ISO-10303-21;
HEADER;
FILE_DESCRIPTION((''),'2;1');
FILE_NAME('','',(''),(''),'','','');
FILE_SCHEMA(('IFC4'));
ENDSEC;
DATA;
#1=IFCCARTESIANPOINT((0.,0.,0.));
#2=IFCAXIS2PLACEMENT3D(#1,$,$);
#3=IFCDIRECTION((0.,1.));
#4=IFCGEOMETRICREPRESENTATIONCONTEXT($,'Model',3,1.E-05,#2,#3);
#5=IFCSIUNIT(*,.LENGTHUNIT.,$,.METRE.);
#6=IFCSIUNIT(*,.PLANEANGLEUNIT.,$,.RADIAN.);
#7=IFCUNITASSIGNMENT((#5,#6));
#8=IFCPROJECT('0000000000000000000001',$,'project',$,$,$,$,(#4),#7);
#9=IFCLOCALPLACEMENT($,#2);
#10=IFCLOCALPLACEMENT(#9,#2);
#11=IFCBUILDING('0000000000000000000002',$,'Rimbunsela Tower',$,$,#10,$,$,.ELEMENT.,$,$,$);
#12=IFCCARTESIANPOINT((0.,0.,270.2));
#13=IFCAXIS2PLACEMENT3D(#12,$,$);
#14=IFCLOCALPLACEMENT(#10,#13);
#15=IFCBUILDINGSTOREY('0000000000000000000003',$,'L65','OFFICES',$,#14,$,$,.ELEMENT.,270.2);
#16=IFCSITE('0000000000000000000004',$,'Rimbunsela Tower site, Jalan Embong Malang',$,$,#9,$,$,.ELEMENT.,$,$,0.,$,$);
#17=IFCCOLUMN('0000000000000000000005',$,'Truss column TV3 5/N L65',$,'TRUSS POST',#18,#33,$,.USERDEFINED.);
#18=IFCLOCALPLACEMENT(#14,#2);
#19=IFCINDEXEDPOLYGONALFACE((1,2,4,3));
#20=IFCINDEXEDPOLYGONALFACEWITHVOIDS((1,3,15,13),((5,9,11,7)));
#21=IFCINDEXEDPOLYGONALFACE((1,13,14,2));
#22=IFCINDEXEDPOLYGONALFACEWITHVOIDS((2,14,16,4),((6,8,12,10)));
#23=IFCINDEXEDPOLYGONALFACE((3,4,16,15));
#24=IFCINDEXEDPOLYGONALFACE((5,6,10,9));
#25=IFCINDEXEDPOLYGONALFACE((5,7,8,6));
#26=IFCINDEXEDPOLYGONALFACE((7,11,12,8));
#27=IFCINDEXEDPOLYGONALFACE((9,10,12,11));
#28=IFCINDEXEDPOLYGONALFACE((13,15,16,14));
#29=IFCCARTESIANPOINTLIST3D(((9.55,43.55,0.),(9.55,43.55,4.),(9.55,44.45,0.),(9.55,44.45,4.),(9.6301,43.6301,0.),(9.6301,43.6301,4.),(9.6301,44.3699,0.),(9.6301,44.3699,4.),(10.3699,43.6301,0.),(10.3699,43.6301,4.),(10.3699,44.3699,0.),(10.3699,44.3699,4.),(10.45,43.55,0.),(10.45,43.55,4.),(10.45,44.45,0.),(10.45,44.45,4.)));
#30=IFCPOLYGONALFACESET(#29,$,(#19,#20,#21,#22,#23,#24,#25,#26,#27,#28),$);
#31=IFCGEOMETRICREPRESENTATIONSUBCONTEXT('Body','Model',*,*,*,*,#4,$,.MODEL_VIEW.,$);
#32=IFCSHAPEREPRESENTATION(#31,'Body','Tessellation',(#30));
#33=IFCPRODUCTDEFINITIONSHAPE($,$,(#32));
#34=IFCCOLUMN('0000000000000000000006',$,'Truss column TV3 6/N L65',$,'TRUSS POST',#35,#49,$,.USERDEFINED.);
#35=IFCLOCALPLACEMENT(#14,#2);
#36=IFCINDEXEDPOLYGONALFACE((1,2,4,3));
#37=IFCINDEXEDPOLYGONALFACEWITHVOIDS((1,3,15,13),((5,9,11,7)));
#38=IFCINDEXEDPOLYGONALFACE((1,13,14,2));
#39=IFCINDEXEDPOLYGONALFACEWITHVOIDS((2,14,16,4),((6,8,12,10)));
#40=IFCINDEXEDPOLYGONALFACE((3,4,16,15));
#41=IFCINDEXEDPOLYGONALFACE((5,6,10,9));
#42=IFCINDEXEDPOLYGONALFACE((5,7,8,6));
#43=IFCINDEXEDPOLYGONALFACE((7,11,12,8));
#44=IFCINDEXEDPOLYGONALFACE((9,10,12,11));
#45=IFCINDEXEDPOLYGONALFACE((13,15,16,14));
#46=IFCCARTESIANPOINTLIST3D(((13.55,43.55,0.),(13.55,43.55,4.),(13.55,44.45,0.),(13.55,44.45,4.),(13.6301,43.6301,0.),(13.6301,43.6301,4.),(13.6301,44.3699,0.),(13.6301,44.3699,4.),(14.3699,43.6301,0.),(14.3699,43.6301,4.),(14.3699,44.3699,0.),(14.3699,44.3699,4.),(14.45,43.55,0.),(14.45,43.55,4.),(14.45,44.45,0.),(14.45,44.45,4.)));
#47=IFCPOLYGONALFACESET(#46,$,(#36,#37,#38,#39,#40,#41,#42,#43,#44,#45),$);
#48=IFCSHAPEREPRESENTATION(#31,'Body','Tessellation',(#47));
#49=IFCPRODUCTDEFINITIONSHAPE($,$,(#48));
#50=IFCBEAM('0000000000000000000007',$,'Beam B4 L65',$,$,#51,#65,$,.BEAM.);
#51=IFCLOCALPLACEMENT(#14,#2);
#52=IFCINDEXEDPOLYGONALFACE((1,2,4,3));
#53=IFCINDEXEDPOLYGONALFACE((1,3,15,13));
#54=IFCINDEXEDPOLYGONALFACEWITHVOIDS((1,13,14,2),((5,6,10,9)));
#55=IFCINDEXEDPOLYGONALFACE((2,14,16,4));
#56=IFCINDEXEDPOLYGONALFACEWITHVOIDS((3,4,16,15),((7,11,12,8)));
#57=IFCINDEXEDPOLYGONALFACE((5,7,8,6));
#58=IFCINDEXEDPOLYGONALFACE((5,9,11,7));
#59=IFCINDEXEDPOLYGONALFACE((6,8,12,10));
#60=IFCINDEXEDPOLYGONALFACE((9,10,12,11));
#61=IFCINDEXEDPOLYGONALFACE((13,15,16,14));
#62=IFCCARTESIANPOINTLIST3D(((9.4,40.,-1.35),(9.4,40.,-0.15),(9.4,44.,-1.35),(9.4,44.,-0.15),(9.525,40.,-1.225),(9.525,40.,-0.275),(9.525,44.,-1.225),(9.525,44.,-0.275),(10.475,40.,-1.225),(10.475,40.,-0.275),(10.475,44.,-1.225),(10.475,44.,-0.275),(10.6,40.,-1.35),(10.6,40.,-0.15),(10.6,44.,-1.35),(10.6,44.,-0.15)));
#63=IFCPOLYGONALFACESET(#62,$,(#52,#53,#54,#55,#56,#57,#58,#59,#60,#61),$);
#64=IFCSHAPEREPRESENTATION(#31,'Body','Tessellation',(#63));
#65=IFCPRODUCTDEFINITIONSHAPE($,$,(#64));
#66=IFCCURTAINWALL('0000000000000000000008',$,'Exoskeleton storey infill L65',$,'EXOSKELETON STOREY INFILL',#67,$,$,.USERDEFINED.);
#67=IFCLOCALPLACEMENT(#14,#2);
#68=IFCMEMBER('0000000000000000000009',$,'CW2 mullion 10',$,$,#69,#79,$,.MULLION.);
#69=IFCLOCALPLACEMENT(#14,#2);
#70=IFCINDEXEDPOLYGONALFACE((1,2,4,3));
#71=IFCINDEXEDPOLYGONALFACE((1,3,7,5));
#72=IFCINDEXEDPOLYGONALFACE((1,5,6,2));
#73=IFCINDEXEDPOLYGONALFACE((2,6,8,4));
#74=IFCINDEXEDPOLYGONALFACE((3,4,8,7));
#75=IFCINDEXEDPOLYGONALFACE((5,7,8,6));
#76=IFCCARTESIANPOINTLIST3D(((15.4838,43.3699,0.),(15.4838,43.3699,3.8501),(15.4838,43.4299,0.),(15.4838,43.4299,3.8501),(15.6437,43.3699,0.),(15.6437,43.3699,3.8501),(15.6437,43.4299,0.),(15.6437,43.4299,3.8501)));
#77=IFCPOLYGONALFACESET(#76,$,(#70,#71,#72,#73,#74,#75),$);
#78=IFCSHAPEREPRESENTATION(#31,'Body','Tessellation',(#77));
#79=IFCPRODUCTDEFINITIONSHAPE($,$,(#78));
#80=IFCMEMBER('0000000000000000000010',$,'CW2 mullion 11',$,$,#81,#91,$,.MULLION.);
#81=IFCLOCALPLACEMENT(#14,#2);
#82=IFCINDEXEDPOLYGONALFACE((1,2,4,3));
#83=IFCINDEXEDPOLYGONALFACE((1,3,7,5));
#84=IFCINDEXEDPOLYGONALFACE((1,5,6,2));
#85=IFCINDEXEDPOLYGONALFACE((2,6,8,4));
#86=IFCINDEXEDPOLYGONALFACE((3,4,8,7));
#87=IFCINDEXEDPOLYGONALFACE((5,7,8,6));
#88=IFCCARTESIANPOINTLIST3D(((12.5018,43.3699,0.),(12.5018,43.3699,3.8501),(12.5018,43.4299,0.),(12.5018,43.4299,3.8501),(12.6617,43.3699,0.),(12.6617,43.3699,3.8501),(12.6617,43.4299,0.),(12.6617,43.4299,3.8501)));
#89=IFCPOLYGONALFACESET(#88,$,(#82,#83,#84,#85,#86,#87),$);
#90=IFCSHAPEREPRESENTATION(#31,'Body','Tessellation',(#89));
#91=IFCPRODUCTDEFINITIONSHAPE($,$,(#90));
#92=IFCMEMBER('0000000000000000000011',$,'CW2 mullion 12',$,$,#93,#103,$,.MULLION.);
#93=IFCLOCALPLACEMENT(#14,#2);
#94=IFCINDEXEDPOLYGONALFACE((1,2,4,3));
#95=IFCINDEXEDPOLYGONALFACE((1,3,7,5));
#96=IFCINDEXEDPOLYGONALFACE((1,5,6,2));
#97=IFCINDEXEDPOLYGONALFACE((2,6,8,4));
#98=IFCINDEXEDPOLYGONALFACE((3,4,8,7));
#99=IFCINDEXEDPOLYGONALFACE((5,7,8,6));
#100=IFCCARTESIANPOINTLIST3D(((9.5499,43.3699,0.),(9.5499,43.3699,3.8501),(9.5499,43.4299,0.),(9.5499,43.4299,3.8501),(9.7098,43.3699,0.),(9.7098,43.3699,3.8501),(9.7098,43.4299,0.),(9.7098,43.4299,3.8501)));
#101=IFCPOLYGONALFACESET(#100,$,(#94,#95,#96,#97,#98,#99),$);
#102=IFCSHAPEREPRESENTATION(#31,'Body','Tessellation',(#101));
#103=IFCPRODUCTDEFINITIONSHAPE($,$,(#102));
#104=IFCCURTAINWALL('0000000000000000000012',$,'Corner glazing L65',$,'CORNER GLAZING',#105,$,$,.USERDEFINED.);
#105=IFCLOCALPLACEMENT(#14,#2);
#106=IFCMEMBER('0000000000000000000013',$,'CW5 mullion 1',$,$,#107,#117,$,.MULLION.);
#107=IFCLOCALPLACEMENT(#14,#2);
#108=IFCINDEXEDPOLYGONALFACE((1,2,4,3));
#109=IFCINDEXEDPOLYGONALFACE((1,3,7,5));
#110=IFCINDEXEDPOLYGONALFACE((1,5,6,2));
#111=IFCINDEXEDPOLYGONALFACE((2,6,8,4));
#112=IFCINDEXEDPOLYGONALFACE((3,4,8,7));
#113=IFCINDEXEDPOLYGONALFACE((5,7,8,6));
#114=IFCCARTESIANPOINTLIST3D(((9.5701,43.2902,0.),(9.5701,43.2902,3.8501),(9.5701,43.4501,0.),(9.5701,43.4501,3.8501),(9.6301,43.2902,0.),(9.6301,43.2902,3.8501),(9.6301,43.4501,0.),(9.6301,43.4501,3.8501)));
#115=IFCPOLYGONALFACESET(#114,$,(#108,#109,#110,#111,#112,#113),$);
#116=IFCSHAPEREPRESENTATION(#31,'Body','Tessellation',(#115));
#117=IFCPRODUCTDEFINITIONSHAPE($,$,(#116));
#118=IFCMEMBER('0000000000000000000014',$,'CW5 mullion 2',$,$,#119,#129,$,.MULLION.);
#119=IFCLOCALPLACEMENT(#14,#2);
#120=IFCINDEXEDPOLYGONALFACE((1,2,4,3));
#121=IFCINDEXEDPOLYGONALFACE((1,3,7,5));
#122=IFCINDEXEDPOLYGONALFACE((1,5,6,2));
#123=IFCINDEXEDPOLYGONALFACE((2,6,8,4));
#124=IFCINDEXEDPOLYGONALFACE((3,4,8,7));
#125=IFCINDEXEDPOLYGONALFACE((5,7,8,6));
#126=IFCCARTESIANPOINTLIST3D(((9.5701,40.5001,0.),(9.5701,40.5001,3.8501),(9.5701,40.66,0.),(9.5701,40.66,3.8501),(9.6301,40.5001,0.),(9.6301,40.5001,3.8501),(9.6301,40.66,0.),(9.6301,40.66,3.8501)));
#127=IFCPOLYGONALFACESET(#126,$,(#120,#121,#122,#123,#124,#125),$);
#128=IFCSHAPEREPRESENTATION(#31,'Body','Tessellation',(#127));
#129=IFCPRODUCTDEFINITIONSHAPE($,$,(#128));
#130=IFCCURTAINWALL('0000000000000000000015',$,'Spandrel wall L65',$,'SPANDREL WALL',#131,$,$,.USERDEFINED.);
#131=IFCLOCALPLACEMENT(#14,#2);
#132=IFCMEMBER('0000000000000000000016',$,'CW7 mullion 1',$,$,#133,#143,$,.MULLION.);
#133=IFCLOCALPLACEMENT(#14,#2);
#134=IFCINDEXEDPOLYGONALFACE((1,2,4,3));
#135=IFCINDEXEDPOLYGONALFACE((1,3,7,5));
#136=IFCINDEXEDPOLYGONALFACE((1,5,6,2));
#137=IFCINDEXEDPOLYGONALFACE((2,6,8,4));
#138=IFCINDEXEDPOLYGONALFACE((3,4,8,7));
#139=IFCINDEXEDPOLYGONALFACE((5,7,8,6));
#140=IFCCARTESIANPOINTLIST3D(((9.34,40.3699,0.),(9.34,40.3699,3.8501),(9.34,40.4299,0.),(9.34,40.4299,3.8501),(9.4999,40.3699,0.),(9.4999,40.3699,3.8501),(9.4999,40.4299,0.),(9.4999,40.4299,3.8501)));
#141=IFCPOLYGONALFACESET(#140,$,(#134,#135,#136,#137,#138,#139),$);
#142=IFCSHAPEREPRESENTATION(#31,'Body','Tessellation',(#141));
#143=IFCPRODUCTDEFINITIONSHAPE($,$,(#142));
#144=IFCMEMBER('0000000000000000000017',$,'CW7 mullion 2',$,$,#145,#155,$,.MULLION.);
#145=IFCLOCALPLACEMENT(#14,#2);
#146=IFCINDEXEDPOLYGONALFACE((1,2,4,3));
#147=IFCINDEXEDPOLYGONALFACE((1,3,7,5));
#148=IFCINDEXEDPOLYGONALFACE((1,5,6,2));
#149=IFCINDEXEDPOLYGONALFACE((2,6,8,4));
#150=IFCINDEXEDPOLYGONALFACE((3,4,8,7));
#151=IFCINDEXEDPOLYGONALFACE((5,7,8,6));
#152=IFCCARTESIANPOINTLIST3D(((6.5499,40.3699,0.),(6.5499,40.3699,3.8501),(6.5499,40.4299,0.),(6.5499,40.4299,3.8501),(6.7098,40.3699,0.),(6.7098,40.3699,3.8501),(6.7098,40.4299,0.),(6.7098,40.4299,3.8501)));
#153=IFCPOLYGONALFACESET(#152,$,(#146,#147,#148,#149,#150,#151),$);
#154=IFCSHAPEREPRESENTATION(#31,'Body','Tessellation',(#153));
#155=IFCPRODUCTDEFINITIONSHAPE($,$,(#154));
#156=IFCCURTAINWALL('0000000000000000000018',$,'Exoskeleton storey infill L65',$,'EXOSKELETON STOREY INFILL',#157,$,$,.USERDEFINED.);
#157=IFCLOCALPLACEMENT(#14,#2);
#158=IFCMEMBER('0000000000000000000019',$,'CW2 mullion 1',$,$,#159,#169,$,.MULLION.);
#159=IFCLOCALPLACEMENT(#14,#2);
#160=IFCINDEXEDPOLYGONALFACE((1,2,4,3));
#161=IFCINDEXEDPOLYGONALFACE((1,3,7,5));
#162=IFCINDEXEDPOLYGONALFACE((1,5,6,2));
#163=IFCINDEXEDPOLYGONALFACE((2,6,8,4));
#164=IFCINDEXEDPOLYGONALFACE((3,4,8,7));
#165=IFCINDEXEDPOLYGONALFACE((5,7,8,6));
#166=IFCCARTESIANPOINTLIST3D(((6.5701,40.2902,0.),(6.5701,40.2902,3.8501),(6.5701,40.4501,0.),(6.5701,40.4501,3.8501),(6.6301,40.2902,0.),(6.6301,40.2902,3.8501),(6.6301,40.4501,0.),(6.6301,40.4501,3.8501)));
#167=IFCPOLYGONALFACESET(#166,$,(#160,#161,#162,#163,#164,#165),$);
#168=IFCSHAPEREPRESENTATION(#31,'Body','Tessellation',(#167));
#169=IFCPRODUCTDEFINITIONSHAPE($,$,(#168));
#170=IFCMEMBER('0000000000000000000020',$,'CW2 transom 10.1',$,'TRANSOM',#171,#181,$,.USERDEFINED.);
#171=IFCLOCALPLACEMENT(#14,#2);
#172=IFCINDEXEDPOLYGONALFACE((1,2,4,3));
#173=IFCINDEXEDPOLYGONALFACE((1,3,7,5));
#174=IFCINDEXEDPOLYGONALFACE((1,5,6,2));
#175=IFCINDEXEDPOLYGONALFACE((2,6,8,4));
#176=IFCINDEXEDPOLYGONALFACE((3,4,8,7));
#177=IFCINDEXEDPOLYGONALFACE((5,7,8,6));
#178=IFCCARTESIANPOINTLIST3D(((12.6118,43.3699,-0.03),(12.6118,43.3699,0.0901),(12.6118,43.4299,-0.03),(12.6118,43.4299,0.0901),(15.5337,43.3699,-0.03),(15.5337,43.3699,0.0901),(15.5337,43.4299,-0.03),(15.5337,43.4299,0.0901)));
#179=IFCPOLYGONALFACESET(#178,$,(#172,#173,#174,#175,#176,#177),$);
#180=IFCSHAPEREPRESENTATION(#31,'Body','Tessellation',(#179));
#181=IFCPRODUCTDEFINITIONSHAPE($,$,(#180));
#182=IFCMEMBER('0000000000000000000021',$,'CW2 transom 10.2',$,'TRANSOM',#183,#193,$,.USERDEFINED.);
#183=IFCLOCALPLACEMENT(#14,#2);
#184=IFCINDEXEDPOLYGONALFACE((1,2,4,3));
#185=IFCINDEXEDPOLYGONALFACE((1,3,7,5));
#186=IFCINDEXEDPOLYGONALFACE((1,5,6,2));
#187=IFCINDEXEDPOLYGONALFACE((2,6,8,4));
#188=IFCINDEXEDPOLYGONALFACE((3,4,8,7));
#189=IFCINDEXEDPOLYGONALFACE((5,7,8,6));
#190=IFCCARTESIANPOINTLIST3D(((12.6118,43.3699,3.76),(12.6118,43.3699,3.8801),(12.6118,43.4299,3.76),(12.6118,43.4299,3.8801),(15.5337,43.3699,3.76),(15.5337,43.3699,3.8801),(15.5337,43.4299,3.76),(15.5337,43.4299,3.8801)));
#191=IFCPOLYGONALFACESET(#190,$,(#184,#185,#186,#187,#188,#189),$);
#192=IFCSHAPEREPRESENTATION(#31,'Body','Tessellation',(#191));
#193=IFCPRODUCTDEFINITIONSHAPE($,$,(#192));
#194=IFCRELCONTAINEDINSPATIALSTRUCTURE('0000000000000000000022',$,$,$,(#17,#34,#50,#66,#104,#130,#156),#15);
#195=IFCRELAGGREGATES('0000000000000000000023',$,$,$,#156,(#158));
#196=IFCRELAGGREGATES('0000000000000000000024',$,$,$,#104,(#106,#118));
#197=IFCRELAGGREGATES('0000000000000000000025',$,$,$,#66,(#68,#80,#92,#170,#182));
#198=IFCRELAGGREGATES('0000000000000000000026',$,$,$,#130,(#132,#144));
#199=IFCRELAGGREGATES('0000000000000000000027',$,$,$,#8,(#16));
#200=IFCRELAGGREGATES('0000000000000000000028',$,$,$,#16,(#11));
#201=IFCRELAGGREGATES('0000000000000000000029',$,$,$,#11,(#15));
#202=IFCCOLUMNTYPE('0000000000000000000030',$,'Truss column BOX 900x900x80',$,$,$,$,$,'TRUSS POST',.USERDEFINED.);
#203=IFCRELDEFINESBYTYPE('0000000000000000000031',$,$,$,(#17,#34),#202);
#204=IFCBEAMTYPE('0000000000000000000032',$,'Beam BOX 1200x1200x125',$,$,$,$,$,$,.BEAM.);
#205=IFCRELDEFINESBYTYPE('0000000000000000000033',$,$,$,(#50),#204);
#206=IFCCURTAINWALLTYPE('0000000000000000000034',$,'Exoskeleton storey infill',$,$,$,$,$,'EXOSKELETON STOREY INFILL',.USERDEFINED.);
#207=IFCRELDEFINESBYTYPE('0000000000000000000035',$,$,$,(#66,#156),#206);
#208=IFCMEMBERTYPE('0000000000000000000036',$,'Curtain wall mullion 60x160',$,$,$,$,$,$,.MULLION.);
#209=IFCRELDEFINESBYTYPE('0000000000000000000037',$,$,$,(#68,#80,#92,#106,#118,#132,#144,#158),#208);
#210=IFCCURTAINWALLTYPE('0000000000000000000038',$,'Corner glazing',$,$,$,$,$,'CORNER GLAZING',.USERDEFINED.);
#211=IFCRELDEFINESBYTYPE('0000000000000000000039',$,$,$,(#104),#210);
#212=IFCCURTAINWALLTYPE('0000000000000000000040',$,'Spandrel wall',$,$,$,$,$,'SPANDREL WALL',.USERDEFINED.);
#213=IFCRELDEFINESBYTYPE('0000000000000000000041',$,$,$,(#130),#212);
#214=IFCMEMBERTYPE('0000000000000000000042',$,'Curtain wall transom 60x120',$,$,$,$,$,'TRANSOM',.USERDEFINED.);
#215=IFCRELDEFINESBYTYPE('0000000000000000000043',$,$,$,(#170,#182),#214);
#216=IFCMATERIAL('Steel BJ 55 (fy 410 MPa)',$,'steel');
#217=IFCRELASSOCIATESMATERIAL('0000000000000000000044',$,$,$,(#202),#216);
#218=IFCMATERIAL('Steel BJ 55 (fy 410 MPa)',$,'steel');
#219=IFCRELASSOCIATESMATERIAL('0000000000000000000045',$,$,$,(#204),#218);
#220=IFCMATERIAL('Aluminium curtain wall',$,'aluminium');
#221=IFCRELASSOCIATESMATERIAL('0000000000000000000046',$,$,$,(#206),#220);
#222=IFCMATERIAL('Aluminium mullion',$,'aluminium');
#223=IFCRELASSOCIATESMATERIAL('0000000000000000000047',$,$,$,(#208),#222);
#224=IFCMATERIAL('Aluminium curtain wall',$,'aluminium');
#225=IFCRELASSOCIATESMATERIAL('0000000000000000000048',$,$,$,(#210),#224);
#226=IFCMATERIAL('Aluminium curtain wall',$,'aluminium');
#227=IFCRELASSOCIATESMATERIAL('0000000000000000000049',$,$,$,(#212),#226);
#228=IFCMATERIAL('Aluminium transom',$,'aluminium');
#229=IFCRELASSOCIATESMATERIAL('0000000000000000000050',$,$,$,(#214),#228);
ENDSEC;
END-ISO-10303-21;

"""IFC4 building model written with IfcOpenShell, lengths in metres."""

from ifc_helpers import new_model, si_unit, direction, frame, origin, origin_2d, place, context, subcontext, project, spatial, rectangle, hollow_rectangle, extrude, material, material_profile, profile_set, type_object, element, aggregate, save


model = new_model("IFC4")

# Units and contexts
model_context = context("Model", 3, precision=1e-05, world=origin(), true_north=direction((0.0, 1.0)))
body_context = subcontext(model_context, "Body", "Model", "MODEL_VIEW")
ifc_project = project(units=[si_unit("LENGTHUNIT", "METRE"), si_unit("PLANEANGLEUNIT", "RADIAN")], contexts=[model_context])

# Site, building, storey
site_placement = place(None, origin())
site = spatial("IfcSite", under=ifc_project, at=site_placement, Name="Rimbunsela Tower site, Jalan Embong Malang", CompositionType="ELEMENT", RefElevation=0.0)
building_placement = place(site_placement, origin())
building = spatial("IfcBuilding", under=site, at=building_placement, Name="Rimbunsela Tower", CompositionType="ELEMENT")
storey_placement = place(building_placement, frame((0.0, 0.0, 270.2)))
storey = spatial("IfcBuildingStorey", under=building, at=storey_placement, Name="L65", Description="OFFICES", CompositionType="ELEMENT", Elevation=270.2)

# Columns
ifc_material_1 = material(Name="Steel BJ 55 (fy 410 MPa)", Category="steel")
ifc_material_profile_1 = material_profile(ifc_material_1, hollow_rectangle(XDim=0.8999, YDim=0.8999, WallThickness=0.0801, at=origin_2d()), Name="BOX 900x900x80")
ifc_profile_set_1 = profile_set([ifc_material_profile_1], Name="Steel BJ 55 (fy 410 MPa)")
column_type = type_object("IfcColumnType", Name="Truss column BOX 900x900x80", ElementType="TRUSS POST", PredefinedType="USERDEFINED", material=ifc_profile_set_1)
for number, where, z_axis, x_axis, name in (
    (1, (10.0, 44.0, 0.0), (0.0, 0.0, 1.0), (1.0, 0.0, 0.0), "Truss column TV3 5/N L65"),
    (2, (14.0, 44.0, 0.0), (0.0, 0.0, 1.0), (1.0, 0.0, 0.0), "Truss column TV3 6/N L65"),
):
    element("IfcColumn", number, at=place(storey_placement, frame(where, z_axis=z_axis, x_axis=x_axis)), inside=storey, type_object=column_type, Name=name, ObjectType="TRUSS POST", PredefinedType="USERDEFINED", context=body_context, shape_type="SweptSolid", body=[
        extrude(hollow_rectangle(XDim=0.8999, YDim=0.8999, WallThickness=0.0801, at=origin_2d()), origin(), (0.0, 0.0, 1.0), 4.0),
    ])

# Beam
ifc_material_2 = material(Name="Steel BJ 55 (fy 410 MPa)", Category="steel")
ifc_material_profile_2 = material_profile(ifc_material_2, hollow_rectangle(XDim=1.2, YDim=1.2, WallThickness=0.125, at=origin_2d()), Name="BOX 1200x1200x125")
ifc_profile_set_2 = profile_set([ifc_material_profile_2], Name="Steel BJ 55 (fy 410 MPa)")
beam_type_1 = type_object("IfcBeamType", Name="Beam BOX 1200x1200x125", PredefinedType="BEAM", material=ifc_profile_set_2)
beam_placement = place(storey_placement, frame((10.0, 40.0, -0.75), z_axis=(0.0, 1.0, 0.0), x_axis=(-1.0, 0.0, 0.0)))
element("IfcBeam", 3, at=beam_placement, inside=storey, type_object=beam_type_1, Name="Beam B4 L65", PredefinedType="BEAM", context=body_context, shape_type="SweptSolid", body=[
    extrude(hollow_rectangle(XDim=1.2, YDim=1.2, WallThickness=0.125, at=origin_2d()), origin(), (0.0, 0.0, 1.0), 4.0),
])

# Curtain walls, members
ifc_material_3 = material(Name="Aluminium curtain wall", Category="aluminium")
curtain_wall_type_1 = type_object("IfcCurtainWallType", Name="Exoskeleton storey infill", ElementType="EXOSKELETON STOREY INFILL", PredefinedType="USERDEFINED", material=ifc_material_3)
curtain_wall_1_placement = place(storey_placement, origin())
curtain_wall_1 = element("IfcCurtainWall", 4, at=curtain_wall_1_placement, inside=storey, type_object=curtain_wall_type_1, Name="Exoskeleton storey infill L65", ObjectType="EXOSKELETON STOREY INFILL", PredefinedType="USERDEFINED")
ifc_material_4 = material(Name="Aluminium mullion", Category="aluminium")
ifc_material_profile_3 = material_profile(ifc_material_4, rectangle(XDim=0.0601, YDim=0.1599, at=origin_2d()), Name="Mullion 60x160")
ifc_profile_set_3 = profile_set([ifc_material_profile_3], Name="Aluminium mullion")
member_type_1 = type_object("IfcMemberType", Name="Curtain wall mullion 60x160", PredefinedType="MULLION", material=ifc_profile_set_3)
member_1_placement = place(storey_placement, frame((15.5637, 43.3999, 0.0), z_axis=(0.0, 0.0, 1.0), x_axis=(0.0, -1.0, 0.0)))
member_1 = element("IfcMember", 5, at=member_1_placement, type_object=member_type_1, Name="CW2 mullion 10", PredefinedType="MULLION", context=body_context, shape_type="SweptSolid", body=[
    extrude(rectangle(XDim=0.0601, YDim=0.1599, at=origin_2d()), origin(), (0.0, 0.0, 1.0), 3.8501),
])
member_2_placement = place(storey_placement, frame((12.5818, 43.3999, 0.0), z_axis=(0.0, 0.0, 1.0), x_axis=(0.0, -1.0, 0.0)))
member_2 = element("IfcMember", 6, at=member_2_placement, type_object=member_type_1, Name="CW2 mullion 11", PredefinedType="MULLION", context=body_context, shape_type="SweptSolid", body=[
    extrude(rectangle(XDim=0.0601, YDim=0.1599, at=origin_2d()), origin(), (0.0, 0.0, 1.0), 3.8501),
])
member_3_placement = place(storey_placement, frame((9.6299, 43.3999, 0.0), z_axis=(0.0, 0.0, 1.0), x_axis=(0.0, -1.0, 0.0)))
member_3 = element("IfcMember", 7, at=member_3_placement, type_object=member_type_1, Name="CW2 mullion 12", PredefinedType="MULLION", context=body_context, shape_type="SweptSolid", body=[
    extrude(rectangle(XDim=0.0601, YDim=0.1599, at=origin_2d()), origin(), (0.0, 0.0, 1.0), 3.8501),
])
ifc_material_5 = material(Name="Aluminium curtain wall", Category="aluminium")
curtain_wall_type_2 = type_object("IfcCurtainWallType", Name="Corner glazing", ElementType="CORNER GLAZING", PredefinedType="USERDEFINED", material=ifc_material_5)
curtain_wall_2_placement = place(storey_placement, origin())
curtain_wall_2 = element("IfcCurtainWall", 8, at=curtain_wall_2_placement, inside=storey, type_object=curtain_wall_type_2, Name="Corner glazing L65", ObjectType="CORNER GLAZING", PredefinedType="USERDEFINED")
member_4_placement = place(storey_placement, frame((9.6001, 43.3701, 0.0), z_axis=(0.0, 0.0, 1.0), x_axis=(1.0, 0.0, 0.0)))
member_4 = element("IfcMember", 9, at=member_4_placement, type_object=member_type_1, Name="CW5 mullion 1", PredefinedType="MULLION", context=body_context, shape_type="SweptSolid", body=[
    extrude(rectangle(XDim=0.0601, YDim=0.1599, at=origin_2d()), origin(), (0.0, 0.0, 1.0), 3.8501),
])
member_5_placement = place(storey_placement, frame((9.6001, 40.5801, 0.0), z_axis=(0.0, 0.0, 1.0), x_axis=(1.0, 0.0, 0.0)))
member_5 = element("IfcMember", 10, at=member_5_placement, type_object=member_type_1, Name="CW5 mullion 2", PredefinedType="MULLION", context=body_context, shape_type="SweptSolid", body=[
    extrude(rectangle(XDim=0.0601, YDim=0.1599, at=origin_2d()), origin(), (0.0, 0.0, 1.0), 3.8501),
])
ifc_material_6 = material(Name="Aluminium curtain wall", Category="aluminium")
curtain_wall_type_3 = type_object("IfcCurtainWallType", Name="Spandrel wall", ElementType="SPANDREL WALL", PredefinedType="USERDEFINED", material=ifc_material_6)
curtain_wall_3_placement = place(storey_placement, origin())
curtain_wall_3 = element("IfcCurtainWall", 11, at=curtain_wall_3_placement, inside=storey, type_object=curtain_wall_type_3, Name="Spandrel wall L65", ObjectType="SPANDREL WALL", PredefinedType="USERDEFINED")
member_6_placement = place(storey_placement, frame((9.4199, 40.3999, 0.0), z_axis=(0.0, 0.0, 1.0), x_axis=(0.0, -1.0, 0.0)))
member_6 = element("IfcMember", 12, at=member_6_placement, type_object=member_type_1, Name="CW7 mullion 1", PredefinedType="MULLION", context=body_context, shape_type="SweptSolid", body=[
    extrude(rectangle(XDim=0.0601, YDim=0.1599, at=origin_2d()), origin(), (0.0, 0.0, 1.0), 3.8501),
])
member_7_placement = place(storey_placement, frame((6.6299, 40.3999, 0.0), z_axis=(0.0, 0.0, 1.0), x_axis=(0.0, -1.0, 0.0)))
member_7 = element("IfcMember", 13, at=member_7_placement, type_object=member_type_1, Name="CW7 mullion 2", PredefinedType="MULLION", context=body_context, shape_type="SweptSolid", body=[
    extrude(rectangle(XDim=0.0601, YDim=0.1599, at=origin_2d()), origin(), (0.0, 0.0, 1.0), 3.8501),
])

# Curtain wall, member
curtain_wall_4_placement = place(storey_placement, origin())
curtain_wall_4 = element("IfcCurtainWall", 14, at=curtain_wall_4_placement, inside=storey, type_object=curtain_wall_type_1, Name="Exoskeleton storey infill L65", ObjectType="EXOSKELETON STOREY INFILL", PredefinedType="USERDEFINED")
member_8_placement = place(storey_placement, frame((6.6001, 40.3701, 0.0), z_axis=(0.0, 0.0, 1.0), x_axis=(1.0, 0.0, 0.0)))
member_8 = element("IfcMember", 15, at=member_8_placement, type_object=member_type_1, Name="CW2 mullion 1", PredefinedType="MULLION", context=body_context, shape_type="SweptSolid", body=[
    extrude(rectangle(XDim=0.0601, YDim=0.1599, at=origin_2d()), origin(), (0.0, 0.0, 1.0), 3.8501),
])

# Members
ifc_material_7 = material(Name="Aluminium transom", Category="aluminium")
ifc_material_profile_4 = material_profile(ifc_material_7, rectangle(XDim=0.0601, YDim=0.1201, at=origin_2d()), Name="Transom 60x120")
ifc_profile_set_4 = profile_set([ifc_material_profile_4], Name="Aluminium transom")
member_type_2 = type_object("IfcMemberType", Name="Curtain wall transom 60x120", ElementType="TRANSOM", PredefinedType="USERDEFINED", material=ifc_profile_set_4)
member_9_placement = place(storey_placement, frame((15.5337, 43.3999, 0.03), z_axis=(-1.0, 0.0, 0.0), x_axis=(0.0, -1.0, 0.0)))
member_9 = element("IfcMember", 16, at=member_9_placement, type_object=member_type_2, Name="CW2 transom 10.1", ObjectType="TRANSOM", PredefinedType="USERDEFINED", context=body_context, shape_type="SweptSolid", body=[
    extrude(rectangle(XDim=0.0601, YDim=0.1201, at=origin_2d()), origin(), (0.0, 0.0, 1.0), 2.9219),
])
member_10_placement = place(storey_placement, frame((15.5337, 43.3999, 3.8201), z_axis=(-1.0, 0.0, 0.0), x_axis=(0.0, -1.0, 0.0)))
member_10 = element("IfcMember", 17, at=member_10_placement, type_object=member_type_2, Name="CW2 transom 10.2", ObjectType="TRANSOM", PredefinedType="USERDEFINED", context=body_context, shape_type="SweptSolid", body=[
    extrude(rectangle(XDim=0.0601, YDim=0.1201, at=origin_2d()), origin(), (0.0, 0.0, 1.0), 2.9219),
])
aggregate(curtain_wall_4, [member_8])

aggregate(curtain_wall_2, [member_4, member_5])
aggregate(curtain_wall_1, [member_1, member_2, member_3, member_9, member_10])
aggregate(curtain_wall_3, [member_6, member_7])

save(model, "model.ifc")
